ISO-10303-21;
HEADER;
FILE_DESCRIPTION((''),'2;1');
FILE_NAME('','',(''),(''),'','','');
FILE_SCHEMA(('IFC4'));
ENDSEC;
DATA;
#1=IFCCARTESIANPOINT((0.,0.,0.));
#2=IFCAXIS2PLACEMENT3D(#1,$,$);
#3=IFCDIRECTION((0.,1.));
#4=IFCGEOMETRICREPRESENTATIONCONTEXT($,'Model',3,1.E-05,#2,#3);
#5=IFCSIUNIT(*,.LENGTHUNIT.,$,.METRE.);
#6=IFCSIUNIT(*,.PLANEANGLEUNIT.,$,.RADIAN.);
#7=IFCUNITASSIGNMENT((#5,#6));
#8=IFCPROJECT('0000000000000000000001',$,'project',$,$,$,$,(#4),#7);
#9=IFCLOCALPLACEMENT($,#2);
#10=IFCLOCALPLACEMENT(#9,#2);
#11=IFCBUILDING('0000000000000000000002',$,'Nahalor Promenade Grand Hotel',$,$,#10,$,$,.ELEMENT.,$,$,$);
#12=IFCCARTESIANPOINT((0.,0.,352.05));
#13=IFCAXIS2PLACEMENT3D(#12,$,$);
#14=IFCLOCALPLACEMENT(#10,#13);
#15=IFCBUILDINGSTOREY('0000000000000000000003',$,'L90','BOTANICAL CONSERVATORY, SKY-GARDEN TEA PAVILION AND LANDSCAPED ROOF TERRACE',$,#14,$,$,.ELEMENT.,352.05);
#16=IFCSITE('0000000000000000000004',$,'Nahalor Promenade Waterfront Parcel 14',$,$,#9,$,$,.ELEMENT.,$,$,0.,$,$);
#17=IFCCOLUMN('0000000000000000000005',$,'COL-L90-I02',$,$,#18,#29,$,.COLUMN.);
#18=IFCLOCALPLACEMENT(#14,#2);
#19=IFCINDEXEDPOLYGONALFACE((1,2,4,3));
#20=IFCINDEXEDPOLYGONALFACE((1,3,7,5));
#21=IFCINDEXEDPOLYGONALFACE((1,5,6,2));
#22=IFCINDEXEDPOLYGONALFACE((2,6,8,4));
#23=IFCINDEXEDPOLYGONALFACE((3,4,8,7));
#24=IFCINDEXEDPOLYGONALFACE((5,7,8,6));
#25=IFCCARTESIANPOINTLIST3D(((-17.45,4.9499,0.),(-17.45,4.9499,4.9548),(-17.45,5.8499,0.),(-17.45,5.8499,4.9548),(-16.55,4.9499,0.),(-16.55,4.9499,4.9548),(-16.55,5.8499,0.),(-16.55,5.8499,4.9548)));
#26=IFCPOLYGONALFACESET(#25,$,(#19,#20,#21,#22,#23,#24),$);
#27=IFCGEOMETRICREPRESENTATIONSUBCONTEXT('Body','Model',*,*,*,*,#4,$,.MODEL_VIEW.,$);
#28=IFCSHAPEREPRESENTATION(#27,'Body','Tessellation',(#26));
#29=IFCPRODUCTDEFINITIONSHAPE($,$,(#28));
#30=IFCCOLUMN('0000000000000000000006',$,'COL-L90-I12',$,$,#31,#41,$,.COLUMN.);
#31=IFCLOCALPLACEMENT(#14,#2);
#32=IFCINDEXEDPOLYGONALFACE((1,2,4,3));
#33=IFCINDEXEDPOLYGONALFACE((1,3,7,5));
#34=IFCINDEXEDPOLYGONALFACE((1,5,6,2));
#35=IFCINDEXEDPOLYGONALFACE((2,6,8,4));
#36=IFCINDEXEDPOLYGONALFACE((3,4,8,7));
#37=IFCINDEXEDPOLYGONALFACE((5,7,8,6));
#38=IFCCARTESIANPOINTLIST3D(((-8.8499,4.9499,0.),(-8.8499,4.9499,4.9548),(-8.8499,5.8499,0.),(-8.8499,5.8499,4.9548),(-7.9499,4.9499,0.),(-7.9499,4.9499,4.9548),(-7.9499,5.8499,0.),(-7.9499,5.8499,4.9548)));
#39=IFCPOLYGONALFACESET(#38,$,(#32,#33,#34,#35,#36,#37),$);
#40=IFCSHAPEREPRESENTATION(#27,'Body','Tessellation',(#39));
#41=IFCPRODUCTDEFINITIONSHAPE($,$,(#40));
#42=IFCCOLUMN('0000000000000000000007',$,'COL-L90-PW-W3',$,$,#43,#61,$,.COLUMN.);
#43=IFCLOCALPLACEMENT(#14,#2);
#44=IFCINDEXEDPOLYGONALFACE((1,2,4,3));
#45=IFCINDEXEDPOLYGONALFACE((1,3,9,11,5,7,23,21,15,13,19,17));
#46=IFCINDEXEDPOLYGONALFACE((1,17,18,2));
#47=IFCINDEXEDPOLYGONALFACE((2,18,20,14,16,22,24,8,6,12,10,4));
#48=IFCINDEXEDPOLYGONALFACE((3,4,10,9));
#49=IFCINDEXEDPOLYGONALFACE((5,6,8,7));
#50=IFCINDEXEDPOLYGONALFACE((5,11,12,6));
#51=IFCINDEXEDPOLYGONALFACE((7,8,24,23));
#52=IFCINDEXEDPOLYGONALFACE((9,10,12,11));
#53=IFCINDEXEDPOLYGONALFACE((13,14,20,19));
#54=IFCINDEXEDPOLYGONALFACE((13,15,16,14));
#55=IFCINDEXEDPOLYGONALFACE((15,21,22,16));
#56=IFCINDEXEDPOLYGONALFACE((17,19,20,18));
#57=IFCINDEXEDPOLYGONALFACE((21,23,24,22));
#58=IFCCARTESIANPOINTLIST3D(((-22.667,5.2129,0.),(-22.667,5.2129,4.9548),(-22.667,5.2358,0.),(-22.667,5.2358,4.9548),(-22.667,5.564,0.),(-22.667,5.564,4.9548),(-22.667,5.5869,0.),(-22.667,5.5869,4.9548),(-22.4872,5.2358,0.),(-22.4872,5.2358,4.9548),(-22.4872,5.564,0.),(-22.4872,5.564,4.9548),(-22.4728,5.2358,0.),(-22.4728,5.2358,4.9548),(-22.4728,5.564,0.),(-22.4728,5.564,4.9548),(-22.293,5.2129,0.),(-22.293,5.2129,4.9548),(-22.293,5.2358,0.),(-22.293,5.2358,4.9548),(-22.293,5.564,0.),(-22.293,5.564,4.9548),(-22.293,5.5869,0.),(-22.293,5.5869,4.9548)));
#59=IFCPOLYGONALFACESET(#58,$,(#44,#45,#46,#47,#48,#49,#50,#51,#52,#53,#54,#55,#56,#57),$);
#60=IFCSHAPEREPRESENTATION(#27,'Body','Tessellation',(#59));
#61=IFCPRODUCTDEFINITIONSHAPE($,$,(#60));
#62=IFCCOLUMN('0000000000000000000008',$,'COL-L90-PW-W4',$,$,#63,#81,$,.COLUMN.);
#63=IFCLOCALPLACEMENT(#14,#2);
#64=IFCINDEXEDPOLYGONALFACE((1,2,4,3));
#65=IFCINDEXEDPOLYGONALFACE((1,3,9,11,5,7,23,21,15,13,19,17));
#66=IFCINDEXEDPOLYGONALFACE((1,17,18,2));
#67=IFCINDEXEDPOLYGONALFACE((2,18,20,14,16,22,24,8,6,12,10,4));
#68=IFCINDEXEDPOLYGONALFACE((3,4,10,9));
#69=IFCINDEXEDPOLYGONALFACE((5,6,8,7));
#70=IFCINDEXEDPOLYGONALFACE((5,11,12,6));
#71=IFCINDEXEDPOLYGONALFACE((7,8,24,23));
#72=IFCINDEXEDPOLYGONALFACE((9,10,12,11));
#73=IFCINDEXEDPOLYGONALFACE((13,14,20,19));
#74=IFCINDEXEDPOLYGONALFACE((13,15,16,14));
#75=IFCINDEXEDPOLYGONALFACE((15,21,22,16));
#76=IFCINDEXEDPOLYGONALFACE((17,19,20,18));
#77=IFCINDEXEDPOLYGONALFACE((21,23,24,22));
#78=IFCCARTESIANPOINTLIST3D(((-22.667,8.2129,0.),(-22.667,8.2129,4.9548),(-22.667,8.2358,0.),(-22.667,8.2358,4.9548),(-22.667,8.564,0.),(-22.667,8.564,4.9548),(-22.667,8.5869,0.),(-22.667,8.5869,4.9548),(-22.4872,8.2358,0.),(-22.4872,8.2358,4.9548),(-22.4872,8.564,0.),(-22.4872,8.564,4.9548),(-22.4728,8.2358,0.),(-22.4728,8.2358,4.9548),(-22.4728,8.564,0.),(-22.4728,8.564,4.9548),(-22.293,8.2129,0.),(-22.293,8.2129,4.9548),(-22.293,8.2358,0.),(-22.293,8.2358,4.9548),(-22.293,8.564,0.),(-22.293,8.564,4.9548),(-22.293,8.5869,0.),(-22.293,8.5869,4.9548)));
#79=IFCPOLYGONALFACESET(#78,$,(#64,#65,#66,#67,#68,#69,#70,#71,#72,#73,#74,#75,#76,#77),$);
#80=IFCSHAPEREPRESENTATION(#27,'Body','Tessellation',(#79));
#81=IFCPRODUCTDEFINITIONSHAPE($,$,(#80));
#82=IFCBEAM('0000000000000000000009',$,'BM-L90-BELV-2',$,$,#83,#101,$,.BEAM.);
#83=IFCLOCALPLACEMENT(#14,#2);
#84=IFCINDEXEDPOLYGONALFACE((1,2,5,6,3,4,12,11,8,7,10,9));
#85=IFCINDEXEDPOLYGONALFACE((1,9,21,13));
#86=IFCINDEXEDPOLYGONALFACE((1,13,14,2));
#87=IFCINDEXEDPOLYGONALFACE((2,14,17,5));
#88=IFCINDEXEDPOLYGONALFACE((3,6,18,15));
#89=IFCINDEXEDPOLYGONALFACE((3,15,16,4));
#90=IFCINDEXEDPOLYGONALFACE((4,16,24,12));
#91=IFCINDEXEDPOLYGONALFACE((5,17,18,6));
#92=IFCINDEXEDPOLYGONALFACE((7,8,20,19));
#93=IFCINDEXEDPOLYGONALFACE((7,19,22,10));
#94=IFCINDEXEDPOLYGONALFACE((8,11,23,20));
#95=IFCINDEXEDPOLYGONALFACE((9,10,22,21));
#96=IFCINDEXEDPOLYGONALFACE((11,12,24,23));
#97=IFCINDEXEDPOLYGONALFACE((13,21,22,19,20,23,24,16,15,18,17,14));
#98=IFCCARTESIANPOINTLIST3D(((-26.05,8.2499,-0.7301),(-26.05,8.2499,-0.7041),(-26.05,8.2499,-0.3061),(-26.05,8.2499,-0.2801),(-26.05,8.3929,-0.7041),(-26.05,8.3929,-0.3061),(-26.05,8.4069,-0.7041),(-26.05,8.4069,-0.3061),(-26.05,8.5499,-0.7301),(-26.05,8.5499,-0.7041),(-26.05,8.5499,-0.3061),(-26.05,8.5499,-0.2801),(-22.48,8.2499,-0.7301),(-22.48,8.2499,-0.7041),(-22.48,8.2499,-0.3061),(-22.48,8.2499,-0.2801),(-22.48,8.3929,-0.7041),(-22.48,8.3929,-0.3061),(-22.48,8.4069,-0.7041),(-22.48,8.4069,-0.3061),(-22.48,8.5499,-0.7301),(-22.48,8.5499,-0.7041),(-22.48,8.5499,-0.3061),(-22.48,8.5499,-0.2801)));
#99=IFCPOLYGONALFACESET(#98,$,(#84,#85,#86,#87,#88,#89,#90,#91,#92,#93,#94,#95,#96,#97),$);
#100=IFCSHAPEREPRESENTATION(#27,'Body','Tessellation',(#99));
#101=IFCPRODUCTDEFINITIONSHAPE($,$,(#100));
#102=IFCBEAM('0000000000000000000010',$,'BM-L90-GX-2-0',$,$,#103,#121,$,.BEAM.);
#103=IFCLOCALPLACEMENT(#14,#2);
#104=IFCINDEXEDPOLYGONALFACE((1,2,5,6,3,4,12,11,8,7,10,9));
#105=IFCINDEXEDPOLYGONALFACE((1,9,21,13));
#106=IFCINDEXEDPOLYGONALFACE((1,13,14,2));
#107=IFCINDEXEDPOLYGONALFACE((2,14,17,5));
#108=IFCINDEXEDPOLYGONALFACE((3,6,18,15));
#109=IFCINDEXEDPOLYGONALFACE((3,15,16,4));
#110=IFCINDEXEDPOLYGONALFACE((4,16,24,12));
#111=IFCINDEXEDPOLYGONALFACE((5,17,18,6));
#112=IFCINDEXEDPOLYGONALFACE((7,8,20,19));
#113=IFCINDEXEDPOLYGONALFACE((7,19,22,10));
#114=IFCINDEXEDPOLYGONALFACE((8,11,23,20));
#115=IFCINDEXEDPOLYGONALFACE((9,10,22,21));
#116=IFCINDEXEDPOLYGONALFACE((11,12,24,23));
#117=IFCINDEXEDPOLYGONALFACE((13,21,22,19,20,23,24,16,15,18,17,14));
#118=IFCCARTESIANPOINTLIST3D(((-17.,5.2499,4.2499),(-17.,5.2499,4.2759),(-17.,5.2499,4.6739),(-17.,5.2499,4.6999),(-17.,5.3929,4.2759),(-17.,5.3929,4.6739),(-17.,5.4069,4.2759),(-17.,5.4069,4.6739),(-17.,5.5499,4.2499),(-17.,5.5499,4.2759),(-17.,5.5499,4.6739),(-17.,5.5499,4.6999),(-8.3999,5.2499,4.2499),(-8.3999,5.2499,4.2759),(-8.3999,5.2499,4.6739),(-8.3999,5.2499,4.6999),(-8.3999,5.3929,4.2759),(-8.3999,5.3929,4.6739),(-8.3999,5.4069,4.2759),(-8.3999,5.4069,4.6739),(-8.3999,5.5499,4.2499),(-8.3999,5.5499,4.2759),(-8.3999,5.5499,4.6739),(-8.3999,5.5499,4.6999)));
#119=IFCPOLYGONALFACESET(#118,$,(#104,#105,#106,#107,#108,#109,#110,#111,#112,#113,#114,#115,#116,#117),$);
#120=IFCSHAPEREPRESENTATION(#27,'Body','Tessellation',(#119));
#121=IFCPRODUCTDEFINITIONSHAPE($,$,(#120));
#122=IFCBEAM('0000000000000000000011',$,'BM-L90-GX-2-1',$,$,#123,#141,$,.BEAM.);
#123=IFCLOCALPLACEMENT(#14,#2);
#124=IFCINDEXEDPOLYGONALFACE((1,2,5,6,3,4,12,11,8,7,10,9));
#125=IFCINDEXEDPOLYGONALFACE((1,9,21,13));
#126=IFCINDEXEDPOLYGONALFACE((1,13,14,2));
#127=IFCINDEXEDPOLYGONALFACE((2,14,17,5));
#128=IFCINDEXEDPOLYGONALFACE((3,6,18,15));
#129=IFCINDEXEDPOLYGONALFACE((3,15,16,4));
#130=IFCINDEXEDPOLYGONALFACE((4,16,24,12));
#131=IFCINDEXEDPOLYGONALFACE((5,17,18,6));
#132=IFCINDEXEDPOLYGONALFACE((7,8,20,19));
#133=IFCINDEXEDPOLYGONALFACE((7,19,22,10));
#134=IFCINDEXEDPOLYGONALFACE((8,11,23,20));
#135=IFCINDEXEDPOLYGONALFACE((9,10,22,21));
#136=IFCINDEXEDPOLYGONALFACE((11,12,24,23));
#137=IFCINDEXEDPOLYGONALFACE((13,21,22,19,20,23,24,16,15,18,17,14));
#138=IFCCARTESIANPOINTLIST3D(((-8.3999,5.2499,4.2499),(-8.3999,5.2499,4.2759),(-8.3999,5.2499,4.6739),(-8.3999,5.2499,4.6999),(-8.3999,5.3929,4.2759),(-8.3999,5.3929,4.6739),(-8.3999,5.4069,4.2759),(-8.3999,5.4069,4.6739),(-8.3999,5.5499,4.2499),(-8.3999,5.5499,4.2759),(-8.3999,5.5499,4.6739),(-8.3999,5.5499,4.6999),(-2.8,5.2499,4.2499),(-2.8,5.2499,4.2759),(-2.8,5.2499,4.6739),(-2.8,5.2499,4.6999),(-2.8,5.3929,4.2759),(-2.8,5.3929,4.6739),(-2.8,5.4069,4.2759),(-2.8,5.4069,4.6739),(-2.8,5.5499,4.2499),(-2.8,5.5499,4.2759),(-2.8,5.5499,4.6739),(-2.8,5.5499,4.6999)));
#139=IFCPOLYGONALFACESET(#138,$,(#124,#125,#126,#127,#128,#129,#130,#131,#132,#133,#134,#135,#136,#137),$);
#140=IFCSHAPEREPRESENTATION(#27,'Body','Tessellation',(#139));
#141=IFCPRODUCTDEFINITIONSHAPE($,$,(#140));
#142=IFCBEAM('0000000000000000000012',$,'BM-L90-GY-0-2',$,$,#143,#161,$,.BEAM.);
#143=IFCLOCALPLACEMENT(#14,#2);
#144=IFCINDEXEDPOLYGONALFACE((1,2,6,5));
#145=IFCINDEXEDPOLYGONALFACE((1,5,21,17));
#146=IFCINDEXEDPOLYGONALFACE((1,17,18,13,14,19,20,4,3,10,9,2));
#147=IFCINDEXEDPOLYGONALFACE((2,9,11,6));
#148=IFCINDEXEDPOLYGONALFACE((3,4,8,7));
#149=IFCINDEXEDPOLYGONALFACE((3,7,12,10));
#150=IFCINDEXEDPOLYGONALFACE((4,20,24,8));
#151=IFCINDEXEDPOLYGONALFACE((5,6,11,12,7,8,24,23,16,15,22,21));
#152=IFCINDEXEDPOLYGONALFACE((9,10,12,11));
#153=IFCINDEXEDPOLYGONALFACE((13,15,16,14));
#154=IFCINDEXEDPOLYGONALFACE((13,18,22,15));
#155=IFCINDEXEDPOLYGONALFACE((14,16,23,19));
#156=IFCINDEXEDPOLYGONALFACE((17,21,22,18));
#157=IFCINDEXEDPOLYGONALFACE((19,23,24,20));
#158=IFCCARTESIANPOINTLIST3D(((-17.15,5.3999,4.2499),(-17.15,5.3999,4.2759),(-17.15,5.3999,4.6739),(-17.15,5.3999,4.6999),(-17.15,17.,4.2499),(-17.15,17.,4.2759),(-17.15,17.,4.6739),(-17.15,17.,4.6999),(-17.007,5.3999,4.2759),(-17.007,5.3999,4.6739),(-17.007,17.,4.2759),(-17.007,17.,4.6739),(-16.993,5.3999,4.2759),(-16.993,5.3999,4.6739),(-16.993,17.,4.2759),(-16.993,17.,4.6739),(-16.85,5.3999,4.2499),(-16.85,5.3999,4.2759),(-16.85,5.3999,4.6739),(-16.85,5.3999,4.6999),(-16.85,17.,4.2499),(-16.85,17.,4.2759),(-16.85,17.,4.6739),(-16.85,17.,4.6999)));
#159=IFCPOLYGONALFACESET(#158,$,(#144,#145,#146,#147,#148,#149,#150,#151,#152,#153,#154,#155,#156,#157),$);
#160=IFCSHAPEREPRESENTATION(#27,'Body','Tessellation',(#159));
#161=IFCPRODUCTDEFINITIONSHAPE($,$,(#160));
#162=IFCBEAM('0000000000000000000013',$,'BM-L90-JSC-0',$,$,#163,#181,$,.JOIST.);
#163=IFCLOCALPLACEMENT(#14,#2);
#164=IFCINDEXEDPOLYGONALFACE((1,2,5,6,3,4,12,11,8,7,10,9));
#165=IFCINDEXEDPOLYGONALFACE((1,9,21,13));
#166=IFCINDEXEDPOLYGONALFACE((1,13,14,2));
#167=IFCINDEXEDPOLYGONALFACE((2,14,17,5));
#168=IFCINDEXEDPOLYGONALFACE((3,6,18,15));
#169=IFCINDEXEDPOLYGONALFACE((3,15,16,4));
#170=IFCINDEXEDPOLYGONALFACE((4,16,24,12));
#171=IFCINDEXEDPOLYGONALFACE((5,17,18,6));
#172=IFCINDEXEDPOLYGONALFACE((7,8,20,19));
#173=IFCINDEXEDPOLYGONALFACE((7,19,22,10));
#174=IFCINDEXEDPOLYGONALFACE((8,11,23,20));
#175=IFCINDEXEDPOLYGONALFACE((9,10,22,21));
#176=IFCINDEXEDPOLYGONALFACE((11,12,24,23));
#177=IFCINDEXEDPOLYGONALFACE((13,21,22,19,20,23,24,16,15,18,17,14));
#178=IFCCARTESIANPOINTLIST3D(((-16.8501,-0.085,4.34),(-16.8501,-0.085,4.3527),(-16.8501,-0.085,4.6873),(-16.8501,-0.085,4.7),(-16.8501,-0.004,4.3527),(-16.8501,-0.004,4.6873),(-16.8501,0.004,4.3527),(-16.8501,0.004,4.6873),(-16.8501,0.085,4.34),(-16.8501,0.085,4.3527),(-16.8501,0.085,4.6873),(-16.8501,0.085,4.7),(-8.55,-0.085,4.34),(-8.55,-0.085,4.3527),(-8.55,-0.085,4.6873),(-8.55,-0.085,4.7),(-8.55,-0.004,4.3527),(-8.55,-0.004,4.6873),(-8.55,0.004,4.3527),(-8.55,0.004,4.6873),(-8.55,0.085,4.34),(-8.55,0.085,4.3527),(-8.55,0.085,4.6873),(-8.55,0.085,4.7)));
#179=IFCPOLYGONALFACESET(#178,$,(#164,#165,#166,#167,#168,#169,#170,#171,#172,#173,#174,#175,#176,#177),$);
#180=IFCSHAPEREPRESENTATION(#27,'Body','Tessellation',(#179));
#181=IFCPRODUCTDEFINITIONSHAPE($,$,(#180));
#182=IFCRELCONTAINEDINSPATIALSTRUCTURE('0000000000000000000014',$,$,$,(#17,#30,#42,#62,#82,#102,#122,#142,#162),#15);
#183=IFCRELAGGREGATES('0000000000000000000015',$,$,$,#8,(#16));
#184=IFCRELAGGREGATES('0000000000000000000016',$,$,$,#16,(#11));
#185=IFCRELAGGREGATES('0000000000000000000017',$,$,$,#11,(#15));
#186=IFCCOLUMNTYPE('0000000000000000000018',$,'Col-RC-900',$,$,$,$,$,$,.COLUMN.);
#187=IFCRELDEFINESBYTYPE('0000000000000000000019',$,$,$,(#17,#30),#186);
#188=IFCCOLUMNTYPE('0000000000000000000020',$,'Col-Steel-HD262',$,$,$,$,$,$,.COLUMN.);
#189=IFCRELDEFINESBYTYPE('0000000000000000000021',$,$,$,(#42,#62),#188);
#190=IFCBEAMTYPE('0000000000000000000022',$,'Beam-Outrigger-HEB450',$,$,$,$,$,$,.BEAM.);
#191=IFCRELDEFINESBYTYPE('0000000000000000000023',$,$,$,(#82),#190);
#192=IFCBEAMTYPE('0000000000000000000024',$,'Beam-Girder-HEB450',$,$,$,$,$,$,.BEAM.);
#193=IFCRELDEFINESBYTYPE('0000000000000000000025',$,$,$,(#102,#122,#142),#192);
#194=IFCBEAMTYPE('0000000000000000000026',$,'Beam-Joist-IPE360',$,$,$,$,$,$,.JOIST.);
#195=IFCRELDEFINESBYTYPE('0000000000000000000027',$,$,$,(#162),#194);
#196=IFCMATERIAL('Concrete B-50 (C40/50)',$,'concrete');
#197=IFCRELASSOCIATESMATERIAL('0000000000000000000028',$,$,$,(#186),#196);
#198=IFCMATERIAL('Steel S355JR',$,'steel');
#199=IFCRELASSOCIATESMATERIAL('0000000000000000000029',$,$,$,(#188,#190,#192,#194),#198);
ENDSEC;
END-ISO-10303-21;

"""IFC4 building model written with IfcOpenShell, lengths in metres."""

from ifc_helpers import new_model, si_unit, direction, frame, origin, origin_2d, place, context, subcontext, project, spatial, rectangle, i_section, extrude, source, transform, mapped, material, material_profile, profile_set, type_object, element, save


model = new_model("IFC4")

# Units and contexts
model_context = context("Model", 3, precision=1e-05, world=origin(), true_north=direction((0.0, 1.0)))
body_context = subcontext(model_context, "Body", "Model", "MODEL_VIEW")
ifc_project = project(units=[si_unit("LENGTHUNIT", "METRE"), si_unit("PLANEANGLEUNIT", "RADIAN")], contexts=[model_context])

# Site, building, storey
site_placement = place(None, origin())
site = spatial("IfcSite", under=ifc_project, at=site_placement, Name="Nahalor Promenade Waterfront Parcel 14", CompositionType="ELEMENT", RefElevation=0.0)
building_placement = place(site_placement, origin())
building = spatial("IfcBuilding", under=site, at=building_placement, Name="Nahalor Promenade Grand Hotel", CompositionType="ELEMENT")
storey_placement = place(building_placement, frame((0.0, 0.0, 352.05)))
storey = spatial("IfcBuildingStorey", under=building, at=storey_placement, Name="L90", Description="BOTANICAL CONSERVATORY, SKY-GARDEN TEA PAVILION AND LANDSCAPED ROOF TERRACE", CompositionType="ELEMENT", Elevation=352.05)

# Columns
ifc_material_1 = material(Name="Concrete B-50 (C40/50)", Category="concrete")
ifc_material_profile_1 = material_profile(ifc_material_1, rectangle(XDim=0.9, YDim=0.9, at=origin_2d()), Name="RC 900x900")
ifc_profile_set_1 = profile_set([ifc_material_profile_1], Name="Concrete B-50 (C40/50)")
column_type_1 = type_object("IfcColumnType", Name="Col-RC-900", PredefinedType="COLUMN", material=ifc_profile_set_1)
shared_shape_1 = source(origin(), body_context, "Body", "SweptSolid", [
    extrude(rectangle(XDim=0.9, YDim=0.9, at=origin_2d()), origin(), (0.0, 0.0, 1.0), 4.9548),
])
for number, where, z_axis, x_axis, name in (
    (1, (-17.0, 5.3999, 0.0), (0.0, 0.0, 1.0), (1.0, 0.0, 0.0), "COL-L90-I02"),
    (2, (-8.3999, 5.3999, 0.0), (0.0, 0.0, 1.0), (1.0, 0.0, 0.0), "COL-L90-I12"),
):
    element("IfcColumn", number, at=place(storey_placement, frame(where, z_axis=z_axis, x_axis=x_axis)), inside=storey, type_object=column_type_1, Name=name, PredefinedType="COLUMN", context=body_context, shape_type="MappedRepresentation", body=[
        mapped(shared_shape_1, transform((0.0, 0.0, 0.0), scale=1.0)),
    ])
ifc_material_2 = material(Name="Steel S355JR", Category="steel")
ifc_material_profile_2 = material_profile(ifc_material_2, i_section(OverallWidth=0.374, OverallDepth=0.374, WebThickness=0.0144, FlangeThickness=0.0229, at=origin_2d()), Name="HD 360x262")
ifc_profile_set_2 = profile_set([ifc_material_profile_2], Name="Steel S355JR")
column_type_2 = type_object("IfcColumnType", Name="Col-Steel-HD262", PredefinedType="COLUMN", material=ifc_profile_set_2)
shared_shape_2 = source(origin(), body_context, "Body", "SweptSolid", [
    extrude(i_section(OverallWidth=0.374, OverallDepth=0.374, WebThickness=0.0144, FlangeThickness=0.0229, at=origin_2d()), origin(), (0.0, 0.0, 1.0), 4.9548),
])
for number, where, z_axis, x_axis, name in (
    (3, (-22.48, 5.3999, 0.0), (0.0, 0.0, 1.0), (1.0, 0.0, 0.0), "COL-L90-PW-W3"),
    (4, (-22.48, 8.3999, 0.0), (0.0, 0.0, 1.0), (1.0, 0.0, 0.0), "COL-L90-PW-W4"),
):
    element("IfcColumn", number, at=place(storey_placement, frame(where, z_axis=z_axis, x_axis=x_axis)), inside=storey, type_object=column_type_2, Name=name, PredefinedType="COLUMN", context=body_context, shape_type="MappedRepresentation", body=[
        mapped(shared_shape_2, transform((0.0, 0.0, 0.0), scale=1.0)),
    ])

# Beams
ifc_material_profile_3 = material_profile(ifc_material_2, i_section(OverallWidth=0.3, OverallDepth=0.45, WebThickness=0.014, FlangeThickness=0.026, at=origin_2d()), Name="HEB 450")
ifc_profile_set_3 = profile_set([ifc_material_profile_3], Name="Steel S355JR")
beam_type_1 = type_object("IfcBeamType", Name="Beam-Outrigger-HEB450", PredefinedType="BEAM", material=ifc_profile_set_3)
shared_shape_3 = source(origin(), body_context, "Body", "SweptSolid", [
    extrude(i_section(OverallWidth=0.3, OverallDepth=0.45, WebThickness=0.014, FlangeThickness=0.026, at=origin_2d()), origin(), (0.0, 0.0, 1.0), 3.5701),
])
beam_1_placement = place(storey_placement, frame((-26.05, 8.3999, -0.5051), z_axis=(1.0, 0.0, 0.0), x_axis=(0.0, 1.0, 0.0)))
element("IfcBeam", 5, at=beam_1_placement, inside=storey, type_object=beam_type_1, Name="BM-L90-BELV-2", PredefinedType="BEAM", context=body_context, shape_type="MappedRepresentation", body=[
    mapped(shared_shape_3, transform((0.0, 0.0, 0.0), scale=1.0)),
])
ifc_material_profile_4 = material_profile(ifc_material_2, i_section(OverallWidth=0.3, OverallDepth=0.45, WebThickness=0.014, FlangeThickness=0.026, at=origin_2d()), Name="HEB 450")
ifc_profile_set_4 = profile_set([ifc_material_profile_4], Name="Steel S355JR")
beam_type_2 = type_object("IfcBeamType", Name="Beam-Girder-HEB450", PredefinedType="BEAM", material=ifc_profile_set_4)
shared_shape_4 = source(origin(), body_context, "Body", "SweptSolid", [
    extrude(i_section(OverallWidth=0.3, OverallDepth=0.45, WebThickness=0.014, FlangeThickness=0.026, at=origin_2d()), origin(), (0.0, 0.0, 1.0), 8.6001),
])
beam_2_placement = place(storey_placement, frame((-17.0, 5.3999, 4.4749), z_axis=(1.0, 0.0, 0.0), x_axis=(0.0, 1.0, 0.0)))
element("IfcBeam", 6, at=beam_2_placement, inside=storey, type_object=beam_type_2, Name="BM-L90-GX-2-0", PredefinedType="BEAM", context=body_context, shape_type="MappedRepresentation", body=[
    mapped(shared_shape_4, transform((0.0, 0.0, 0.0), scale=1.0)),
])
shared_shape_5 = source(origin(), body_context, "Body", "SweptSolid", [
    extrude(i_section(OverallWidth=0.3, OverallDepth=0.45, WebThickness=0.014, FlangeThickness=0.026, at=origin_2d()), origin(), (0.0, 0.0, 1.0), 5.5999),
])
beam_3_placement = place(storey_placement, frame((-8.3999, 5.3999, 4.4749), z_axis=(1.0, 0.0, 0.0), x_axis=(0.0, 1.0, 0.0)))
element("IfcBeam", 7, at=beam_3_placement, inside=storey, type_object=beam_type_2, Name="BM-L90-GX-2-1", PredefinedType="BEAM", context=body_context, shape_type="MappedRepresentation", body=[
    mapped(shared_shape_5, transform((0.0, 0.0, 0.0), scale=1.0)),
])
shared_shape_6 = source(origin(), body_context, "Body", "SweptSolid", [
    extrude(i_section(OverallWidth=0.3, OverallDepth=0.45, WebThickness=0.014, FlangeThickness=0.026, at=origin_2d()), origin(), (0.0, 0.0, 1.0), 11.6001),
])
beam_4_placement = place(storey_placement, frame((-17.0, 5.3999, 4.4749), z_axis=(0.0, 1.0, 0.0), x_axis=(-1.0, 0.0, 0.0)))
element("IfcBeam", 8, at=beam_4_placement, inside=storey, type_object=beam_type_2, Name="BM-L90-GY-0-2", PredefinedType="BEAM", context=body_context, shape_type="MappedRepresentation", body=[
    mapped(shared_shape_6, transform((0.0, 0.0, 0.0), scale=1.0)),
])
ifc_material_profile_5 = material_profile(ifc_material_2, i_section(OverallWidth=0.17, OverallDepth=0.36, WebThickness=0.008, FlangeThickness=0.0127, at=origin_2d()), Name="IPE 360")
ifc_profile_set_5 = profile_set([ifc_material_profile_5], Name="Steel S355JR")
beam_type_3 = type_object("IfcBeamType", Name="Beam-Joist-IPE360", PredefinedType="JOIST", material=ifc_profile_set_5)
shared_shape_7 = source(origin(), body_context, "Body", "SweptSolid", [
    extrude(i_section(OverallWidth=0.17, OverallDepth=0.36, WebThickness=0.008, FlangeThickness=0.0127, at=origin_2d()), origin(), (0.0, 0.0, 1.0), 8.3),
])
beam_5_placement = place(storey_placement, frame((-16.8501, 0.0, 4.52), z_axis=(1.0, 0.0, 0.0), x_axis=(0.0, 1.0, 0.0)))
element("IfcBeam", 9, at=beam_5_placement, inside=storey, type_object=beam_type_3, Name="BM-L90-JSC-0", PredefinedType="JOIST", context=body_context, shape_type="MappedRepresentation", body=[
    mapped(shared_shape_7, transform((0.0, 0.0, 0.0), scale=1.0)),
])

save(model, "model.ifc")
